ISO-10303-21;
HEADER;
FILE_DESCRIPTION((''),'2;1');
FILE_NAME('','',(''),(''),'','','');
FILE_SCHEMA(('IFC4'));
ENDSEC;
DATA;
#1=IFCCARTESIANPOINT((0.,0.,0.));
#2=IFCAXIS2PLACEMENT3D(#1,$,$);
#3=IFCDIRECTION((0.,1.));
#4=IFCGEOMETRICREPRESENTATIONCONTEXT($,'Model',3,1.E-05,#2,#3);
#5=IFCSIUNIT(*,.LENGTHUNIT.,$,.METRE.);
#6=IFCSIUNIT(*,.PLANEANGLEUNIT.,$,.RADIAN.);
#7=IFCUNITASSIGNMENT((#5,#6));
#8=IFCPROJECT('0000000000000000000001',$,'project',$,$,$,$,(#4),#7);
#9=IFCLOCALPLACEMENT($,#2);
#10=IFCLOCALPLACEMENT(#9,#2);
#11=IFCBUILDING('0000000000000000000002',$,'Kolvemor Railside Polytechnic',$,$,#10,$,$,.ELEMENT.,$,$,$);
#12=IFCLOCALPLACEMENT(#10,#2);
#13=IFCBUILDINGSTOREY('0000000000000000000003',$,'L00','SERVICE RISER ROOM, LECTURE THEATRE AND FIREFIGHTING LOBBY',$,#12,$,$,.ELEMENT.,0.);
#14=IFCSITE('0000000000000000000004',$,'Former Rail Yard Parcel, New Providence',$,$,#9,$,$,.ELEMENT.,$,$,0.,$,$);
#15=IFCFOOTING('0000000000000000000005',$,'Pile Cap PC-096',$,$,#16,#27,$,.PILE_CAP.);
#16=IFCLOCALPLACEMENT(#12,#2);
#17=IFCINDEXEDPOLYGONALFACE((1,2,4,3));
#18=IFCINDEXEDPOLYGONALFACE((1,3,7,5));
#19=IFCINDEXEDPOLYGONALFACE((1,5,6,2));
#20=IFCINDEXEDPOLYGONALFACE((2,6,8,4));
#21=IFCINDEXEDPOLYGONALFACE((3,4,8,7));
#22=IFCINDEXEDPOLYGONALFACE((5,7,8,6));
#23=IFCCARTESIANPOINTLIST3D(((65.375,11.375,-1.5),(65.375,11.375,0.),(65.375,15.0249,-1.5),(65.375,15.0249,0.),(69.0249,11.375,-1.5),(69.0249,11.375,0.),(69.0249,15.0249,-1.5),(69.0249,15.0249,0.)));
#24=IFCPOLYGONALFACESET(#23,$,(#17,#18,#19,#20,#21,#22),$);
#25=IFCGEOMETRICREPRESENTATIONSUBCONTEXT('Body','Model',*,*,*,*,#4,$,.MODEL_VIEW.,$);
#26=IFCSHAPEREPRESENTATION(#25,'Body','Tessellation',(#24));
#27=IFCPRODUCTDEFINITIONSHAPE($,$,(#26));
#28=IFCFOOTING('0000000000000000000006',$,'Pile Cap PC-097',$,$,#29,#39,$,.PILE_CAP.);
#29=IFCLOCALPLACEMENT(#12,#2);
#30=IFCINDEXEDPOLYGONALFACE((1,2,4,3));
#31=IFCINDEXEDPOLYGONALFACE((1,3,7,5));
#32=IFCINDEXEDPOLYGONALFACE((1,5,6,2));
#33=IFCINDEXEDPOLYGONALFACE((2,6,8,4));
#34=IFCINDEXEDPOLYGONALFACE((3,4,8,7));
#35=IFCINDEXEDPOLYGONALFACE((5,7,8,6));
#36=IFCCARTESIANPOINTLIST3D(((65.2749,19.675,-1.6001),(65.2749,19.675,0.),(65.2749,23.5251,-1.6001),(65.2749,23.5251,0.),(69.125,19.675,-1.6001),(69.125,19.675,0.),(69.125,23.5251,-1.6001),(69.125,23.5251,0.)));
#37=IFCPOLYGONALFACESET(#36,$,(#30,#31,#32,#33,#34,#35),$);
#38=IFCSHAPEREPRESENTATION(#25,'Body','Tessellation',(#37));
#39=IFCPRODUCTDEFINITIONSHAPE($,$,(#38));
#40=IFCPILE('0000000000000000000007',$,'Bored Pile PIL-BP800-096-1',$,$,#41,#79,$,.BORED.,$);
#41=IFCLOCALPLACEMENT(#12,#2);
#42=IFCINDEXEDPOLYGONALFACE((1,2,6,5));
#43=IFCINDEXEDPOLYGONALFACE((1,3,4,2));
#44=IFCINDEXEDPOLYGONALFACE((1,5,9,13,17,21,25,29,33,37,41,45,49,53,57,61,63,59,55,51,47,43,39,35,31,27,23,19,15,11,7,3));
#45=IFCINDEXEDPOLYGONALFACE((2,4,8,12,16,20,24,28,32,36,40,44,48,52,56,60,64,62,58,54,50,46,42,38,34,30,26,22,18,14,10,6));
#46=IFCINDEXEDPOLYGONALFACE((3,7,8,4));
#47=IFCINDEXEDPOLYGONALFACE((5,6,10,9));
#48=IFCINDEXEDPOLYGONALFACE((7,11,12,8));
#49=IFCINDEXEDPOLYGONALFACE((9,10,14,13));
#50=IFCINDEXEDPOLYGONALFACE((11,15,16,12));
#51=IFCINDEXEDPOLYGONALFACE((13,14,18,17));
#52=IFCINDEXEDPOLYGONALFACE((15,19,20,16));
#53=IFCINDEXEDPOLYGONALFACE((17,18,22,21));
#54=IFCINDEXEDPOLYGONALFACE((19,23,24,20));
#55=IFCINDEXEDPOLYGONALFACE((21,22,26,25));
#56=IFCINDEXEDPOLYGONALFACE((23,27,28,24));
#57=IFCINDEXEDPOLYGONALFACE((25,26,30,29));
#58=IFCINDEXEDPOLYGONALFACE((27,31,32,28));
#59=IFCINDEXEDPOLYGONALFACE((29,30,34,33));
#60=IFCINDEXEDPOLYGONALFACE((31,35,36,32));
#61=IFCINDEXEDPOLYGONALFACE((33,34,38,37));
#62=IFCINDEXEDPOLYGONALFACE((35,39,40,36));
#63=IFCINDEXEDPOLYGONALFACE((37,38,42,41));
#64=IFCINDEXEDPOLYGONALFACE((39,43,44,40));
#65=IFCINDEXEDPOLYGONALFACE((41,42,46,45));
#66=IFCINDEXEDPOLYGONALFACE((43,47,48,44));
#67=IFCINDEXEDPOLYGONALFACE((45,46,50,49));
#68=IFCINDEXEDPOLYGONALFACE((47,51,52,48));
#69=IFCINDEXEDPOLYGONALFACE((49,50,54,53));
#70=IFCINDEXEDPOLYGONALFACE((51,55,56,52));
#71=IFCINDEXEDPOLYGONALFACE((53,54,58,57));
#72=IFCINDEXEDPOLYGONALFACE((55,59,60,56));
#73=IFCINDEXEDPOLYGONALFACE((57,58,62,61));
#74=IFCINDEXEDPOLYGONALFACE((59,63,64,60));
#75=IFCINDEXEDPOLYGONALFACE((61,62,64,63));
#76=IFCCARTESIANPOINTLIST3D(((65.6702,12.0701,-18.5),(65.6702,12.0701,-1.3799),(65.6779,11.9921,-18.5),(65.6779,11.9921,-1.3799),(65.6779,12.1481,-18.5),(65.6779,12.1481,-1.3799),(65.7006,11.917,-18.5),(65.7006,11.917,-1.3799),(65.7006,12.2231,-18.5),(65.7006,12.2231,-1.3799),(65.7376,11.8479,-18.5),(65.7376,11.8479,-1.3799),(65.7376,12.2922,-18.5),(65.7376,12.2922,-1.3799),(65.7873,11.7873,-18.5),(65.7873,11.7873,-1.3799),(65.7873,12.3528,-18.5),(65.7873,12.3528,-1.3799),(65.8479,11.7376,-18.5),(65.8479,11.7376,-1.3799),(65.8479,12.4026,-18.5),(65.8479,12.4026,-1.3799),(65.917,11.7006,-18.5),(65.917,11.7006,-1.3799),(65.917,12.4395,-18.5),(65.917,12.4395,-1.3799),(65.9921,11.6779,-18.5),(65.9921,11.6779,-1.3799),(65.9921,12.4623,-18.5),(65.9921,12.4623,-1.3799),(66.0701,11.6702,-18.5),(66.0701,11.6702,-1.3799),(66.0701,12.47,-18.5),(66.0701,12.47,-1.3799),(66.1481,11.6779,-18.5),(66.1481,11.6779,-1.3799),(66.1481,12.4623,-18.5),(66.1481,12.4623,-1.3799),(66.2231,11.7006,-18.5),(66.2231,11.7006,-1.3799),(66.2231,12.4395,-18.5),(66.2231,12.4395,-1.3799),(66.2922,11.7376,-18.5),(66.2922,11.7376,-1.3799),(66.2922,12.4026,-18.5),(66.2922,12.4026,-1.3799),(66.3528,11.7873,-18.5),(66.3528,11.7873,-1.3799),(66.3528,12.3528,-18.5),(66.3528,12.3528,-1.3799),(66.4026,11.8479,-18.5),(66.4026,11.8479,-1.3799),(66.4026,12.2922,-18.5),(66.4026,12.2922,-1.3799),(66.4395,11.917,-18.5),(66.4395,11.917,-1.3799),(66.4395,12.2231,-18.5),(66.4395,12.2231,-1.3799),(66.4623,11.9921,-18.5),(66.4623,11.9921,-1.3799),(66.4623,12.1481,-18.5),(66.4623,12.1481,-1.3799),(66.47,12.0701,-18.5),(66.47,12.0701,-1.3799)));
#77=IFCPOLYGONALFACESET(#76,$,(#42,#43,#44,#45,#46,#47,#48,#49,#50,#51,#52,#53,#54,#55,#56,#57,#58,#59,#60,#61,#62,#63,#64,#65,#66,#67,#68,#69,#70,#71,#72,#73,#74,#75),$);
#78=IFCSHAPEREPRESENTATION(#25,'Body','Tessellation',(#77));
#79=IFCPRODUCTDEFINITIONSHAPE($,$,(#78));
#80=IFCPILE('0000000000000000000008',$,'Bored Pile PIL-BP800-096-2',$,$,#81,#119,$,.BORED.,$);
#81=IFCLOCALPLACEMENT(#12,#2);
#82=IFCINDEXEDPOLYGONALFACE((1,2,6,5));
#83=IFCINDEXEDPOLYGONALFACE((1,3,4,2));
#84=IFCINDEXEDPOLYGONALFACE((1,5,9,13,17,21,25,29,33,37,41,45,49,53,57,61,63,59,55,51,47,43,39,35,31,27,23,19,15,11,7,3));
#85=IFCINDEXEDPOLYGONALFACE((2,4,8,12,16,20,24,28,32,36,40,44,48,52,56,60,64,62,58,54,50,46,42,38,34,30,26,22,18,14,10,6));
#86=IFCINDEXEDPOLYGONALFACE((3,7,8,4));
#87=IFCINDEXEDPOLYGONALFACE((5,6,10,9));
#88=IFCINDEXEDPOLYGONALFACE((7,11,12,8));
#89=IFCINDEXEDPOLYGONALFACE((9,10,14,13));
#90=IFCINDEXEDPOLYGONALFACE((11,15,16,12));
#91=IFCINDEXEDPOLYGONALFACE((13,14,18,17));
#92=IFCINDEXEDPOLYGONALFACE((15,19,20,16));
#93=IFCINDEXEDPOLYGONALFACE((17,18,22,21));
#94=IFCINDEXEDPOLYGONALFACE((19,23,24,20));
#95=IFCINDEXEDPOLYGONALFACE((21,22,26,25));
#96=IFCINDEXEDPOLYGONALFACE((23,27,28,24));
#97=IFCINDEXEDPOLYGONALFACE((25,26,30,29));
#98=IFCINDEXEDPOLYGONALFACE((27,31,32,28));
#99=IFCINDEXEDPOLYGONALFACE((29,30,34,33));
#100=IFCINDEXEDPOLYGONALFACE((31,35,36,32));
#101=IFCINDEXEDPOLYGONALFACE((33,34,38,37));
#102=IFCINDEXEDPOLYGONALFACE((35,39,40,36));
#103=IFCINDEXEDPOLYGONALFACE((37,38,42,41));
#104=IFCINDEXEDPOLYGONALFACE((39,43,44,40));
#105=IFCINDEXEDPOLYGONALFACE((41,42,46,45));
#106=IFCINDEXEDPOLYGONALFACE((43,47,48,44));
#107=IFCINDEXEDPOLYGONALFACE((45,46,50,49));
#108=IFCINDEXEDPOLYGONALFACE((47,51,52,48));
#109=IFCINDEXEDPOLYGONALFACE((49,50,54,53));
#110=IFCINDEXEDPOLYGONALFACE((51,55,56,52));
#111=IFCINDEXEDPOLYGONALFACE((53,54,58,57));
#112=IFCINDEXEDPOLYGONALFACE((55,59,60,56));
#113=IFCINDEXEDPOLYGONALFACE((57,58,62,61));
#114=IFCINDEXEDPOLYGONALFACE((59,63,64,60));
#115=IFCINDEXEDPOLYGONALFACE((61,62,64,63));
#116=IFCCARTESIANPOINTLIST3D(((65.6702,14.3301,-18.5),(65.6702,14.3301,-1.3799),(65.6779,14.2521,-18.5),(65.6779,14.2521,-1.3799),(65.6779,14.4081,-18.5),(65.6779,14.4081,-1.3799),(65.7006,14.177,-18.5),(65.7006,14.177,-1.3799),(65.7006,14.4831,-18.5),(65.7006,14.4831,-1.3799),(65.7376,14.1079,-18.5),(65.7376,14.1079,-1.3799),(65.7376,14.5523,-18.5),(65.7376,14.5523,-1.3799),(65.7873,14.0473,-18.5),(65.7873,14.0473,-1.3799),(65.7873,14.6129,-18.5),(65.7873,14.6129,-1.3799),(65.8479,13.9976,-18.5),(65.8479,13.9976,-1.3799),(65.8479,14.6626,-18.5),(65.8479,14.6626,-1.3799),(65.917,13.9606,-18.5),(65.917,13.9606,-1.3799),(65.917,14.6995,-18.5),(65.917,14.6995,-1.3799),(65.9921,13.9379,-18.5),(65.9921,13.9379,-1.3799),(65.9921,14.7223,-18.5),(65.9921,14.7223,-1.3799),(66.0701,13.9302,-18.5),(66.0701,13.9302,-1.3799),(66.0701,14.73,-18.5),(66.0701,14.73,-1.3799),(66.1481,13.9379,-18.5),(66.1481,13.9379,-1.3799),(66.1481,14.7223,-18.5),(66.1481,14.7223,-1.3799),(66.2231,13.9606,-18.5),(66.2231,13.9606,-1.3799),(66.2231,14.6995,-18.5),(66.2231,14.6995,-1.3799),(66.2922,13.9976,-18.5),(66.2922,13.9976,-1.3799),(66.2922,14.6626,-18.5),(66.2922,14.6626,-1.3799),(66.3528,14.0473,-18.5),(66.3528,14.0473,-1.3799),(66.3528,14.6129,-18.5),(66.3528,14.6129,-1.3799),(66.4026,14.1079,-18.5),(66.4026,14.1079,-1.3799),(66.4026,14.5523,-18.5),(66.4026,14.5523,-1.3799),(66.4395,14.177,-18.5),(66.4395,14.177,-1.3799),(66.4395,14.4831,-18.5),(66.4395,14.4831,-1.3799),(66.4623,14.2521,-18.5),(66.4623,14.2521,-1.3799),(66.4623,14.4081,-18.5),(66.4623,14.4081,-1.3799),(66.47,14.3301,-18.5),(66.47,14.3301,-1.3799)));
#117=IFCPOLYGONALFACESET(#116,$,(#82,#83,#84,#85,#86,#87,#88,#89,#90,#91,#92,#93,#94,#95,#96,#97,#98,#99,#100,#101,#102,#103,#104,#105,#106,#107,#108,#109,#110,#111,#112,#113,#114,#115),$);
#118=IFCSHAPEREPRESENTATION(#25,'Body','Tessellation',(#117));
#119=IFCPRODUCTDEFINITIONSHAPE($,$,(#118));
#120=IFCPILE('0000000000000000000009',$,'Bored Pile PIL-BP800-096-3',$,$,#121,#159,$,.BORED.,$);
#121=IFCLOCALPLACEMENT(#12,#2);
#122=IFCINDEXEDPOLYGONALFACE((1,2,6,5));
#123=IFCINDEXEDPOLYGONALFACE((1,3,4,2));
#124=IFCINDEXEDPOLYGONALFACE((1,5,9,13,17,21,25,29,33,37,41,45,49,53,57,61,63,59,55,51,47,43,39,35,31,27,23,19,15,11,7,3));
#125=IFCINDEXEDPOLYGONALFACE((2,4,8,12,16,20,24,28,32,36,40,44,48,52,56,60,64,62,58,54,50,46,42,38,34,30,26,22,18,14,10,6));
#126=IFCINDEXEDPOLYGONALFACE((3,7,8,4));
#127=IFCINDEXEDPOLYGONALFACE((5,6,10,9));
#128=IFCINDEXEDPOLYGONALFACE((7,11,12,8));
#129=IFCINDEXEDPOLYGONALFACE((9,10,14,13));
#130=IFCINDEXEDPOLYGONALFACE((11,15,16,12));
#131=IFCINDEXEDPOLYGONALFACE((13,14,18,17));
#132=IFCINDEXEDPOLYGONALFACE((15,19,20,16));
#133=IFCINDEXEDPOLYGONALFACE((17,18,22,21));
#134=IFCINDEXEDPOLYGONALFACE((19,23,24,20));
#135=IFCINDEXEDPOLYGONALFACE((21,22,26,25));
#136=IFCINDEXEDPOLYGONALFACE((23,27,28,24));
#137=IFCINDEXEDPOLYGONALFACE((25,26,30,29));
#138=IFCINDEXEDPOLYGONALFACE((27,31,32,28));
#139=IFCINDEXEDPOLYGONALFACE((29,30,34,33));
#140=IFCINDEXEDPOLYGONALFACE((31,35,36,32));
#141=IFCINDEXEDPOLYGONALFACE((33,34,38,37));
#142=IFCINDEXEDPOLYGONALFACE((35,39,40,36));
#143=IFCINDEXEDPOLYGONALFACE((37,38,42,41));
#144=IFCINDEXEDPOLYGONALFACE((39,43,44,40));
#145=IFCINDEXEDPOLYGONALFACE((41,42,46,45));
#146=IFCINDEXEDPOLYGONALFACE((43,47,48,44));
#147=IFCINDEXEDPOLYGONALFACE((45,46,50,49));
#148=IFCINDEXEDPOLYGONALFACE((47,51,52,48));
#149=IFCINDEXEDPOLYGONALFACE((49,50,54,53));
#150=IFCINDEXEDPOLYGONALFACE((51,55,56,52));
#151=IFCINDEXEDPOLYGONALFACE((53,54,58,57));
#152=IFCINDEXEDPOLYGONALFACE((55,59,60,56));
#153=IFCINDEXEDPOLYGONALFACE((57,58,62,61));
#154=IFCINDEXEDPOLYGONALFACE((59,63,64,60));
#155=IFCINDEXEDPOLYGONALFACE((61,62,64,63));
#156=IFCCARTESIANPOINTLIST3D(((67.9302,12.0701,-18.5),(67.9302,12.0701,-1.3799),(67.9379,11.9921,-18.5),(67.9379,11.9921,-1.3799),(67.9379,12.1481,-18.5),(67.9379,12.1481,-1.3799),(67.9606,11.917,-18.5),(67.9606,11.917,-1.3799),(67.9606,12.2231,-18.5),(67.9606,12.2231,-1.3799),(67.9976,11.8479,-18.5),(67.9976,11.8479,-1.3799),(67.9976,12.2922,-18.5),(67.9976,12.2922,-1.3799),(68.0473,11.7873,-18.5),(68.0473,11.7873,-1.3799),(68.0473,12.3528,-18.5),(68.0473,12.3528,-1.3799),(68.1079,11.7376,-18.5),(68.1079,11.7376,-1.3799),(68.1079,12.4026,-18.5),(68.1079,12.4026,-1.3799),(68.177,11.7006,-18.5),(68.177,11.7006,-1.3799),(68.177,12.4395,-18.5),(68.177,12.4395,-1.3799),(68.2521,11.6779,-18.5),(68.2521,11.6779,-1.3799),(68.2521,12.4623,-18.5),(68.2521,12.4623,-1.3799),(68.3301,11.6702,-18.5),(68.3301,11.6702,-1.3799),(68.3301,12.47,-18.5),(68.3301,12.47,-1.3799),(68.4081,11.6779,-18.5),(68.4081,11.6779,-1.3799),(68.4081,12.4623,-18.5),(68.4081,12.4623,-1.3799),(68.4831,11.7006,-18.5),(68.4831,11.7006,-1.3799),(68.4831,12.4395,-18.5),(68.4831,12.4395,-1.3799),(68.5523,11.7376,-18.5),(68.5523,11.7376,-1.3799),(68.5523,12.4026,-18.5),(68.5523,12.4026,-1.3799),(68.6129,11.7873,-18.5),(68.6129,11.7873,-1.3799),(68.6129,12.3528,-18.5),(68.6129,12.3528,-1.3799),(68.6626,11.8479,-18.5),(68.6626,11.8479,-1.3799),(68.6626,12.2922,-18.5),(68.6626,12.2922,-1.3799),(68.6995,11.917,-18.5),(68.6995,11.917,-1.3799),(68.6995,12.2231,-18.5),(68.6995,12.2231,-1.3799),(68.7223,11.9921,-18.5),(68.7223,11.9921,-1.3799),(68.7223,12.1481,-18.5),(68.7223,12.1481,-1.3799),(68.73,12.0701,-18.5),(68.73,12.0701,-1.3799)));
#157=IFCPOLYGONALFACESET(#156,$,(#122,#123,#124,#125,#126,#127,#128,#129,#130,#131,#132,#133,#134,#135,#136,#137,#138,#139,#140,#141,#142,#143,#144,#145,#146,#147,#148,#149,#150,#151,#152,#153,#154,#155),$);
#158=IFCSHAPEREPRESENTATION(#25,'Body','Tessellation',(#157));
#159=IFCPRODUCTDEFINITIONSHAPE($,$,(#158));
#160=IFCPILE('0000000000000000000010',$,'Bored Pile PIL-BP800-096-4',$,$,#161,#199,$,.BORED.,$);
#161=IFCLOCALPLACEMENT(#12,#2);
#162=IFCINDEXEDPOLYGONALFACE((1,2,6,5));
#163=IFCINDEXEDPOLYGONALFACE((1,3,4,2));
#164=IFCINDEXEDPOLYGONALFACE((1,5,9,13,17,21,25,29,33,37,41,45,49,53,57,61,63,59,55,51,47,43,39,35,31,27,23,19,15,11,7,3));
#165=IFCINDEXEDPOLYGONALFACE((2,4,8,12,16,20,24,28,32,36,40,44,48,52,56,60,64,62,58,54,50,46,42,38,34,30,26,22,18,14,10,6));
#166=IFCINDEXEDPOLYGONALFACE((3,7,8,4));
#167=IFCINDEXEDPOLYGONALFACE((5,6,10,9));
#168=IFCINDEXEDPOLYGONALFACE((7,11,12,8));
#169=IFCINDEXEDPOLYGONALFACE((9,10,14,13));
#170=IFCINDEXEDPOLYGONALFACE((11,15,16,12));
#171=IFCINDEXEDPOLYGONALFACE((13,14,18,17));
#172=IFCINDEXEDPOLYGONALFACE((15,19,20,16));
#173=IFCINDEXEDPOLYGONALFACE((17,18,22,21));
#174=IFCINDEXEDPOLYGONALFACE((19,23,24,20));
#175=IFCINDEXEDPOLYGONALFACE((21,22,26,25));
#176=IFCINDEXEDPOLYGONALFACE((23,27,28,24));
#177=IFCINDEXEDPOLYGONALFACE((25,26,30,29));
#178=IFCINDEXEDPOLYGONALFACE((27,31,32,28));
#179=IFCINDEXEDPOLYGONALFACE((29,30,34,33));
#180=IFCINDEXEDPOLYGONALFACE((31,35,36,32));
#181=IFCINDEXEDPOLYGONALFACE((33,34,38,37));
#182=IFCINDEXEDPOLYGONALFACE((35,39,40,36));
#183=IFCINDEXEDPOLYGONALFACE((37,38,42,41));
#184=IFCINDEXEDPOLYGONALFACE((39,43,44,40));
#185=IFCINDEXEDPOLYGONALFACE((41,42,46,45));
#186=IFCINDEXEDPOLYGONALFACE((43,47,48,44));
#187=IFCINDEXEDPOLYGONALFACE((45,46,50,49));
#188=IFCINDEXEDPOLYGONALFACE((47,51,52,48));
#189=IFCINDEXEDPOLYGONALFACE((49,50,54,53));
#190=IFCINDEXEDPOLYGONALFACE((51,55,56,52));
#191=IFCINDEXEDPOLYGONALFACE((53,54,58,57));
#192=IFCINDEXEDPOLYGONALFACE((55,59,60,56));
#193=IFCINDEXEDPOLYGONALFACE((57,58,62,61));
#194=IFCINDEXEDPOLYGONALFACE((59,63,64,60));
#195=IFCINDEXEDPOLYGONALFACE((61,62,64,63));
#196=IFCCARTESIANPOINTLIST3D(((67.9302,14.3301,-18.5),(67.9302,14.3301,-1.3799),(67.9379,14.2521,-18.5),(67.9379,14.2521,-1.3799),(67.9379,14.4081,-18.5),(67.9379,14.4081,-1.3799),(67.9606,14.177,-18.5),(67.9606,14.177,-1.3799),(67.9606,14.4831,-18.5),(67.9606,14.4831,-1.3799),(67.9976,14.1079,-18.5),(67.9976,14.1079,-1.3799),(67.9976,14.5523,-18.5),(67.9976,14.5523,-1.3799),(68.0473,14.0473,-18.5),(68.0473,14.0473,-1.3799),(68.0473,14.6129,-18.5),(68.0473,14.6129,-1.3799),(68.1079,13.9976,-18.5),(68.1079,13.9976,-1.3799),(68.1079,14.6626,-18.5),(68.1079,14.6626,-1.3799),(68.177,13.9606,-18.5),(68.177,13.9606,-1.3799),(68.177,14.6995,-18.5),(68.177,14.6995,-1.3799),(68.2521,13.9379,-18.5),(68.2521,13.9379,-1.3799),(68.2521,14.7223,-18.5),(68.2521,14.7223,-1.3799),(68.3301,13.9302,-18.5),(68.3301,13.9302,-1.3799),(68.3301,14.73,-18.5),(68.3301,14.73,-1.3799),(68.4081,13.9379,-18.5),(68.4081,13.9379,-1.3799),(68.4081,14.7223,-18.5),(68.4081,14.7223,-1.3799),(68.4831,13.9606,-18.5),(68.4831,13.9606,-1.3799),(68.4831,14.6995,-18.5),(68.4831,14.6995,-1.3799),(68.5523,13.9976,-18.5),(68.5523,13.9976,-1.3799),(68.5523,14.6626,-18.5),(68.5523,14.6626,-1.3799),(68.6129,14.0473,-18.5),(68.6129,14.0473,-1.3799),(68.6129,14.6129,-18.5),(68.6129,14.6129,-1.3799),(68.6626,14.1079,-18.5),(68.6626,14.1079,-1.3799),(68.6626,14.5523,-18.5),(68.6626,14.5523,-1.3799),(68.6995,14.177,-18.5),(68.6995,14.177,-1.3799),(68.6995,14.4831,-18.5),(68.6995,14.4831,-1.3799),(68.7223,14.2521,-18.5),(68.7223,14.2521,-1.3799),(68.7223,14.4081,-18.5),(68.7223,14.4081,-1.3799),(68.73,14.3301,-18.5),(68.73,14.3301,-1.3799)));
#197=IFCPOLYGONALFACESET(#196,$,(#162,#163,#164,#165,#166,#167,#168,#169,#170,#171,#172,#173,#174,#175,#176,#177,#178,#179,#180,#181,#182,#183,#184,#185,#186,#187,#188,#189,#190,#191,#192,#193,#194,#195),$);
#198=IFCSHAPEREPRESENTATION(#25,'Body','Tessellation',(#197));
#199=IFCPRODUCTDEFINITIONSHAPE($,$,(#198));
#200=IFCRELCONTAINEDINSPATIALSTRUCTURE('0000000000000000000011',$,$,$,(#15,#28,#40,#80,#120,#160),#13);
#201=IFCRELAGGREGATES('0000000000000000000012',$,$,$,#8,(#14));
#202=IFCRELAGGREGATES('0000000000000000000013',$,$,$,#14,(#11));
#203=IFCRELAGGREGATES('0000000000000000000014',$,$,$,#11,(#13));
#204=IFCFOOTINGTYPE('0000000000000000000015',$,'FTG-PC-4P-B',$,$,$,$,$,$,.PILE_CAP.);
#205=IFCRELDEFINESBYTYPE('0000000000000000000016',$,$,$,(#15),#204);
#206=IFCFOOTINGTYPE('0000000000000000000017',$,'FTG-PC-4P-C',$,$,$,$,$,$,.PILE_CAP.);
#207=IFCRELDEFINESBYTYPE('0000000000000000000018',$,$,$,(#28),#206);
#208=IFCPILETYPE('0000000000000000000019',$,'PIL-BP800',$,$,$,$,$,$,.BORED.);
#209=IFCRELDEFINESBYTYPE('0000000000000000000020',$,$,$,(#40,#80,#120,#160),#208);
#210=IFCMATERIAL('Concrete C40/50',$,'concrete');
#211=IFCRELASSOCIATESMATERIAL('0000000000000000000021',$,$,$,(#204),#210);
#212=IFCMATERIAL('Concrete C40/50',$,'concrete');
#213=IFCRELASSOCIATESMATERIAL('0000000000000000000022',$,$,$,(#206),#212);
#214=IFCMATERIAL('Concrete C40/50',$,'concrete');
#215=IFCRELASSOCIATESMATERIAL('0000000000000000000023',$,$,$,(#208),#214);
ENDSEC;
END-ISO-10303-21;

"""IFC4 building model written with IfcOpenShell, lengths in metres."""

from ifc_helpers import new_model, si_unit, direction, frame, origin, origin_2d, place, context, subcontext, project, spatial, rectangle, circle, extrude, material, material_profile, profile_set, type_object, element, save


model = new_model("IFC4")

# Units and contexts
model_context = context("Model", 3, precision=1e-05, world=origin(), true_north=direction((0.0, 1.0)))
body_context = subcontext(model_context, "Body", "Model", "MODEL_VIEW")
ifc_project = project(units=[si_unit("LENGTHUNIT", "METRE"), si_unit("PLANEANGLEUNIT", "RADIAN")], contexts=[model_context])

# Site, building, storey
site_placement = place(None, origin())
site = spatial("IfcSite", under=ifc_project, at=site_placement, Name="Former Rail Yard Parcel, New Providence", CompositionType="ELEMENT", RefElevation=0.0)
building_placement = place(site_placement, origin())
building = spatial("IfcBuilding", under=site, at=building_placement, Name="Kolvemor Railside Polytechnic", CompositionType="ELEMENT")
storey_placement = place(building_placement, origin())
storey = spatial("IfcBuildingStorey", under=building, at=storey_placement, Name="L00", Description="SERVICE RISER ROOM, LECTURE THEATRE AND FIREFIGHTING LOBBY", CompositionType="ELEMENT", Elevation=0.0)

# Footings
ifc_material_1 = material(Name="Concrete C40/50", Category="concrete")
footing_type_1 = type_object("IfcFootingType", Name="FTG-PC-4P-B", PredefinedType="PILE_CAP", material=ifc_material_1)
footing_1_placement = place(storey_placement, frame((67.2, 13.2, -1.5), z_axis=(0.0, 0.0, 1.0), x_axis=(1.0, 0.0, 0.0)))
element("IfcFooting", 1, at=footing_1_placement, inside=storey, type_object=footing_type_1, Name="Pile Cap PC-096", PredefinedType="PILE_CAP", context=body_context, shape_type="SweptSolid", body=[
    extrude(rectangle(XDim=3.6499, YDim=3.6499, at=origin_2d()), origin(), (0.0, 0.0, 1.0), 1.5),
])
ifc_material_2 = material(Name="Concrete C40/50", Category="concrete")
footing_type_2 = type_object("IfcFootingType", Name="FTG-PC-4P-C", PredefinedType="PILE_CAP", material=ifc_material_2)
footing_2_placement = place(storey_placement, frame((67.2, 21.6001, -1.6001), z_axis=(0.0, 0.0, 1.0), x_axis=(1.0, 0.0, 0.0)))
element("IfcFooting", 2, at=footing_2_placement, inside=storey, type_object=footing_type_2, Name="Pile Cap PC-097", PredefinedType="PILE_CAP", context=body_context, shape_type="SweptSolid", body=[
    extrude(rectangle(XDim=3.8501, YDim=3.8501, at=origin_2d()), origin(), (0.0, 0.0, 1.0), 1.6001),
])

# Piles
ifc_material_3 = material(Name="Concrete C40/50", Category="concrete")
ifc_material_profile_1 = material_profile(ifc_material_3, circle(Radius=0.3999, at=origin_2d()), Name="BP800")
ifc_profile_set_1 = profile_set([ifc_material_profile_1], Name="Concrete C40/50")
pile_type_1 = type_object("IfcPileType", Name="PIL-BP800", PredefinedType="BORED", material=ifc_profile_set_1)
for number, where, z_axis, x_axis, name in (
    (3, (66.0701, 12.0701, -1.3799), (0.0, 0.0, -1.0), (1.0, 0.0, 0.0), "Bored Pile PIL-BP800-096-1"),
    (4, (66.0701, 14.3301, -1.3799), (0.0, 0.0, -1.0), (1.0, 0.0, 0.0), "Bored Pile PIL-BP800-096-2"),
    (5, (68.3301, 12.0701, -1.3799), (0.0, 0.0, -1.0), (1.0, 0.0, 0.0), "Bored Pile PIL-BP800-096-3"),
    (6, (68.3301, 14.3301, -1.3799), (0.0, 0.0, -1.0), (1.0, 0.0, 0.0), "Bored Pile PIL-BP800-096-4"),
):
    element("IfcPile", number, at=place(storey_placement, frame(where, z_axis=z_axis, x_axis=x_axis)), inside=storey, type_object=pile_type_1, Name=name, PredefinedType="BORED", context=body_context, shape_type="SweptSolid", body=[
        extrude(circle(Radius=0.3999, at=origin_2d()), origin(), (0.0, 0.0, 1.0), 17.1201),
    ])

save(model, "model.ifc")
